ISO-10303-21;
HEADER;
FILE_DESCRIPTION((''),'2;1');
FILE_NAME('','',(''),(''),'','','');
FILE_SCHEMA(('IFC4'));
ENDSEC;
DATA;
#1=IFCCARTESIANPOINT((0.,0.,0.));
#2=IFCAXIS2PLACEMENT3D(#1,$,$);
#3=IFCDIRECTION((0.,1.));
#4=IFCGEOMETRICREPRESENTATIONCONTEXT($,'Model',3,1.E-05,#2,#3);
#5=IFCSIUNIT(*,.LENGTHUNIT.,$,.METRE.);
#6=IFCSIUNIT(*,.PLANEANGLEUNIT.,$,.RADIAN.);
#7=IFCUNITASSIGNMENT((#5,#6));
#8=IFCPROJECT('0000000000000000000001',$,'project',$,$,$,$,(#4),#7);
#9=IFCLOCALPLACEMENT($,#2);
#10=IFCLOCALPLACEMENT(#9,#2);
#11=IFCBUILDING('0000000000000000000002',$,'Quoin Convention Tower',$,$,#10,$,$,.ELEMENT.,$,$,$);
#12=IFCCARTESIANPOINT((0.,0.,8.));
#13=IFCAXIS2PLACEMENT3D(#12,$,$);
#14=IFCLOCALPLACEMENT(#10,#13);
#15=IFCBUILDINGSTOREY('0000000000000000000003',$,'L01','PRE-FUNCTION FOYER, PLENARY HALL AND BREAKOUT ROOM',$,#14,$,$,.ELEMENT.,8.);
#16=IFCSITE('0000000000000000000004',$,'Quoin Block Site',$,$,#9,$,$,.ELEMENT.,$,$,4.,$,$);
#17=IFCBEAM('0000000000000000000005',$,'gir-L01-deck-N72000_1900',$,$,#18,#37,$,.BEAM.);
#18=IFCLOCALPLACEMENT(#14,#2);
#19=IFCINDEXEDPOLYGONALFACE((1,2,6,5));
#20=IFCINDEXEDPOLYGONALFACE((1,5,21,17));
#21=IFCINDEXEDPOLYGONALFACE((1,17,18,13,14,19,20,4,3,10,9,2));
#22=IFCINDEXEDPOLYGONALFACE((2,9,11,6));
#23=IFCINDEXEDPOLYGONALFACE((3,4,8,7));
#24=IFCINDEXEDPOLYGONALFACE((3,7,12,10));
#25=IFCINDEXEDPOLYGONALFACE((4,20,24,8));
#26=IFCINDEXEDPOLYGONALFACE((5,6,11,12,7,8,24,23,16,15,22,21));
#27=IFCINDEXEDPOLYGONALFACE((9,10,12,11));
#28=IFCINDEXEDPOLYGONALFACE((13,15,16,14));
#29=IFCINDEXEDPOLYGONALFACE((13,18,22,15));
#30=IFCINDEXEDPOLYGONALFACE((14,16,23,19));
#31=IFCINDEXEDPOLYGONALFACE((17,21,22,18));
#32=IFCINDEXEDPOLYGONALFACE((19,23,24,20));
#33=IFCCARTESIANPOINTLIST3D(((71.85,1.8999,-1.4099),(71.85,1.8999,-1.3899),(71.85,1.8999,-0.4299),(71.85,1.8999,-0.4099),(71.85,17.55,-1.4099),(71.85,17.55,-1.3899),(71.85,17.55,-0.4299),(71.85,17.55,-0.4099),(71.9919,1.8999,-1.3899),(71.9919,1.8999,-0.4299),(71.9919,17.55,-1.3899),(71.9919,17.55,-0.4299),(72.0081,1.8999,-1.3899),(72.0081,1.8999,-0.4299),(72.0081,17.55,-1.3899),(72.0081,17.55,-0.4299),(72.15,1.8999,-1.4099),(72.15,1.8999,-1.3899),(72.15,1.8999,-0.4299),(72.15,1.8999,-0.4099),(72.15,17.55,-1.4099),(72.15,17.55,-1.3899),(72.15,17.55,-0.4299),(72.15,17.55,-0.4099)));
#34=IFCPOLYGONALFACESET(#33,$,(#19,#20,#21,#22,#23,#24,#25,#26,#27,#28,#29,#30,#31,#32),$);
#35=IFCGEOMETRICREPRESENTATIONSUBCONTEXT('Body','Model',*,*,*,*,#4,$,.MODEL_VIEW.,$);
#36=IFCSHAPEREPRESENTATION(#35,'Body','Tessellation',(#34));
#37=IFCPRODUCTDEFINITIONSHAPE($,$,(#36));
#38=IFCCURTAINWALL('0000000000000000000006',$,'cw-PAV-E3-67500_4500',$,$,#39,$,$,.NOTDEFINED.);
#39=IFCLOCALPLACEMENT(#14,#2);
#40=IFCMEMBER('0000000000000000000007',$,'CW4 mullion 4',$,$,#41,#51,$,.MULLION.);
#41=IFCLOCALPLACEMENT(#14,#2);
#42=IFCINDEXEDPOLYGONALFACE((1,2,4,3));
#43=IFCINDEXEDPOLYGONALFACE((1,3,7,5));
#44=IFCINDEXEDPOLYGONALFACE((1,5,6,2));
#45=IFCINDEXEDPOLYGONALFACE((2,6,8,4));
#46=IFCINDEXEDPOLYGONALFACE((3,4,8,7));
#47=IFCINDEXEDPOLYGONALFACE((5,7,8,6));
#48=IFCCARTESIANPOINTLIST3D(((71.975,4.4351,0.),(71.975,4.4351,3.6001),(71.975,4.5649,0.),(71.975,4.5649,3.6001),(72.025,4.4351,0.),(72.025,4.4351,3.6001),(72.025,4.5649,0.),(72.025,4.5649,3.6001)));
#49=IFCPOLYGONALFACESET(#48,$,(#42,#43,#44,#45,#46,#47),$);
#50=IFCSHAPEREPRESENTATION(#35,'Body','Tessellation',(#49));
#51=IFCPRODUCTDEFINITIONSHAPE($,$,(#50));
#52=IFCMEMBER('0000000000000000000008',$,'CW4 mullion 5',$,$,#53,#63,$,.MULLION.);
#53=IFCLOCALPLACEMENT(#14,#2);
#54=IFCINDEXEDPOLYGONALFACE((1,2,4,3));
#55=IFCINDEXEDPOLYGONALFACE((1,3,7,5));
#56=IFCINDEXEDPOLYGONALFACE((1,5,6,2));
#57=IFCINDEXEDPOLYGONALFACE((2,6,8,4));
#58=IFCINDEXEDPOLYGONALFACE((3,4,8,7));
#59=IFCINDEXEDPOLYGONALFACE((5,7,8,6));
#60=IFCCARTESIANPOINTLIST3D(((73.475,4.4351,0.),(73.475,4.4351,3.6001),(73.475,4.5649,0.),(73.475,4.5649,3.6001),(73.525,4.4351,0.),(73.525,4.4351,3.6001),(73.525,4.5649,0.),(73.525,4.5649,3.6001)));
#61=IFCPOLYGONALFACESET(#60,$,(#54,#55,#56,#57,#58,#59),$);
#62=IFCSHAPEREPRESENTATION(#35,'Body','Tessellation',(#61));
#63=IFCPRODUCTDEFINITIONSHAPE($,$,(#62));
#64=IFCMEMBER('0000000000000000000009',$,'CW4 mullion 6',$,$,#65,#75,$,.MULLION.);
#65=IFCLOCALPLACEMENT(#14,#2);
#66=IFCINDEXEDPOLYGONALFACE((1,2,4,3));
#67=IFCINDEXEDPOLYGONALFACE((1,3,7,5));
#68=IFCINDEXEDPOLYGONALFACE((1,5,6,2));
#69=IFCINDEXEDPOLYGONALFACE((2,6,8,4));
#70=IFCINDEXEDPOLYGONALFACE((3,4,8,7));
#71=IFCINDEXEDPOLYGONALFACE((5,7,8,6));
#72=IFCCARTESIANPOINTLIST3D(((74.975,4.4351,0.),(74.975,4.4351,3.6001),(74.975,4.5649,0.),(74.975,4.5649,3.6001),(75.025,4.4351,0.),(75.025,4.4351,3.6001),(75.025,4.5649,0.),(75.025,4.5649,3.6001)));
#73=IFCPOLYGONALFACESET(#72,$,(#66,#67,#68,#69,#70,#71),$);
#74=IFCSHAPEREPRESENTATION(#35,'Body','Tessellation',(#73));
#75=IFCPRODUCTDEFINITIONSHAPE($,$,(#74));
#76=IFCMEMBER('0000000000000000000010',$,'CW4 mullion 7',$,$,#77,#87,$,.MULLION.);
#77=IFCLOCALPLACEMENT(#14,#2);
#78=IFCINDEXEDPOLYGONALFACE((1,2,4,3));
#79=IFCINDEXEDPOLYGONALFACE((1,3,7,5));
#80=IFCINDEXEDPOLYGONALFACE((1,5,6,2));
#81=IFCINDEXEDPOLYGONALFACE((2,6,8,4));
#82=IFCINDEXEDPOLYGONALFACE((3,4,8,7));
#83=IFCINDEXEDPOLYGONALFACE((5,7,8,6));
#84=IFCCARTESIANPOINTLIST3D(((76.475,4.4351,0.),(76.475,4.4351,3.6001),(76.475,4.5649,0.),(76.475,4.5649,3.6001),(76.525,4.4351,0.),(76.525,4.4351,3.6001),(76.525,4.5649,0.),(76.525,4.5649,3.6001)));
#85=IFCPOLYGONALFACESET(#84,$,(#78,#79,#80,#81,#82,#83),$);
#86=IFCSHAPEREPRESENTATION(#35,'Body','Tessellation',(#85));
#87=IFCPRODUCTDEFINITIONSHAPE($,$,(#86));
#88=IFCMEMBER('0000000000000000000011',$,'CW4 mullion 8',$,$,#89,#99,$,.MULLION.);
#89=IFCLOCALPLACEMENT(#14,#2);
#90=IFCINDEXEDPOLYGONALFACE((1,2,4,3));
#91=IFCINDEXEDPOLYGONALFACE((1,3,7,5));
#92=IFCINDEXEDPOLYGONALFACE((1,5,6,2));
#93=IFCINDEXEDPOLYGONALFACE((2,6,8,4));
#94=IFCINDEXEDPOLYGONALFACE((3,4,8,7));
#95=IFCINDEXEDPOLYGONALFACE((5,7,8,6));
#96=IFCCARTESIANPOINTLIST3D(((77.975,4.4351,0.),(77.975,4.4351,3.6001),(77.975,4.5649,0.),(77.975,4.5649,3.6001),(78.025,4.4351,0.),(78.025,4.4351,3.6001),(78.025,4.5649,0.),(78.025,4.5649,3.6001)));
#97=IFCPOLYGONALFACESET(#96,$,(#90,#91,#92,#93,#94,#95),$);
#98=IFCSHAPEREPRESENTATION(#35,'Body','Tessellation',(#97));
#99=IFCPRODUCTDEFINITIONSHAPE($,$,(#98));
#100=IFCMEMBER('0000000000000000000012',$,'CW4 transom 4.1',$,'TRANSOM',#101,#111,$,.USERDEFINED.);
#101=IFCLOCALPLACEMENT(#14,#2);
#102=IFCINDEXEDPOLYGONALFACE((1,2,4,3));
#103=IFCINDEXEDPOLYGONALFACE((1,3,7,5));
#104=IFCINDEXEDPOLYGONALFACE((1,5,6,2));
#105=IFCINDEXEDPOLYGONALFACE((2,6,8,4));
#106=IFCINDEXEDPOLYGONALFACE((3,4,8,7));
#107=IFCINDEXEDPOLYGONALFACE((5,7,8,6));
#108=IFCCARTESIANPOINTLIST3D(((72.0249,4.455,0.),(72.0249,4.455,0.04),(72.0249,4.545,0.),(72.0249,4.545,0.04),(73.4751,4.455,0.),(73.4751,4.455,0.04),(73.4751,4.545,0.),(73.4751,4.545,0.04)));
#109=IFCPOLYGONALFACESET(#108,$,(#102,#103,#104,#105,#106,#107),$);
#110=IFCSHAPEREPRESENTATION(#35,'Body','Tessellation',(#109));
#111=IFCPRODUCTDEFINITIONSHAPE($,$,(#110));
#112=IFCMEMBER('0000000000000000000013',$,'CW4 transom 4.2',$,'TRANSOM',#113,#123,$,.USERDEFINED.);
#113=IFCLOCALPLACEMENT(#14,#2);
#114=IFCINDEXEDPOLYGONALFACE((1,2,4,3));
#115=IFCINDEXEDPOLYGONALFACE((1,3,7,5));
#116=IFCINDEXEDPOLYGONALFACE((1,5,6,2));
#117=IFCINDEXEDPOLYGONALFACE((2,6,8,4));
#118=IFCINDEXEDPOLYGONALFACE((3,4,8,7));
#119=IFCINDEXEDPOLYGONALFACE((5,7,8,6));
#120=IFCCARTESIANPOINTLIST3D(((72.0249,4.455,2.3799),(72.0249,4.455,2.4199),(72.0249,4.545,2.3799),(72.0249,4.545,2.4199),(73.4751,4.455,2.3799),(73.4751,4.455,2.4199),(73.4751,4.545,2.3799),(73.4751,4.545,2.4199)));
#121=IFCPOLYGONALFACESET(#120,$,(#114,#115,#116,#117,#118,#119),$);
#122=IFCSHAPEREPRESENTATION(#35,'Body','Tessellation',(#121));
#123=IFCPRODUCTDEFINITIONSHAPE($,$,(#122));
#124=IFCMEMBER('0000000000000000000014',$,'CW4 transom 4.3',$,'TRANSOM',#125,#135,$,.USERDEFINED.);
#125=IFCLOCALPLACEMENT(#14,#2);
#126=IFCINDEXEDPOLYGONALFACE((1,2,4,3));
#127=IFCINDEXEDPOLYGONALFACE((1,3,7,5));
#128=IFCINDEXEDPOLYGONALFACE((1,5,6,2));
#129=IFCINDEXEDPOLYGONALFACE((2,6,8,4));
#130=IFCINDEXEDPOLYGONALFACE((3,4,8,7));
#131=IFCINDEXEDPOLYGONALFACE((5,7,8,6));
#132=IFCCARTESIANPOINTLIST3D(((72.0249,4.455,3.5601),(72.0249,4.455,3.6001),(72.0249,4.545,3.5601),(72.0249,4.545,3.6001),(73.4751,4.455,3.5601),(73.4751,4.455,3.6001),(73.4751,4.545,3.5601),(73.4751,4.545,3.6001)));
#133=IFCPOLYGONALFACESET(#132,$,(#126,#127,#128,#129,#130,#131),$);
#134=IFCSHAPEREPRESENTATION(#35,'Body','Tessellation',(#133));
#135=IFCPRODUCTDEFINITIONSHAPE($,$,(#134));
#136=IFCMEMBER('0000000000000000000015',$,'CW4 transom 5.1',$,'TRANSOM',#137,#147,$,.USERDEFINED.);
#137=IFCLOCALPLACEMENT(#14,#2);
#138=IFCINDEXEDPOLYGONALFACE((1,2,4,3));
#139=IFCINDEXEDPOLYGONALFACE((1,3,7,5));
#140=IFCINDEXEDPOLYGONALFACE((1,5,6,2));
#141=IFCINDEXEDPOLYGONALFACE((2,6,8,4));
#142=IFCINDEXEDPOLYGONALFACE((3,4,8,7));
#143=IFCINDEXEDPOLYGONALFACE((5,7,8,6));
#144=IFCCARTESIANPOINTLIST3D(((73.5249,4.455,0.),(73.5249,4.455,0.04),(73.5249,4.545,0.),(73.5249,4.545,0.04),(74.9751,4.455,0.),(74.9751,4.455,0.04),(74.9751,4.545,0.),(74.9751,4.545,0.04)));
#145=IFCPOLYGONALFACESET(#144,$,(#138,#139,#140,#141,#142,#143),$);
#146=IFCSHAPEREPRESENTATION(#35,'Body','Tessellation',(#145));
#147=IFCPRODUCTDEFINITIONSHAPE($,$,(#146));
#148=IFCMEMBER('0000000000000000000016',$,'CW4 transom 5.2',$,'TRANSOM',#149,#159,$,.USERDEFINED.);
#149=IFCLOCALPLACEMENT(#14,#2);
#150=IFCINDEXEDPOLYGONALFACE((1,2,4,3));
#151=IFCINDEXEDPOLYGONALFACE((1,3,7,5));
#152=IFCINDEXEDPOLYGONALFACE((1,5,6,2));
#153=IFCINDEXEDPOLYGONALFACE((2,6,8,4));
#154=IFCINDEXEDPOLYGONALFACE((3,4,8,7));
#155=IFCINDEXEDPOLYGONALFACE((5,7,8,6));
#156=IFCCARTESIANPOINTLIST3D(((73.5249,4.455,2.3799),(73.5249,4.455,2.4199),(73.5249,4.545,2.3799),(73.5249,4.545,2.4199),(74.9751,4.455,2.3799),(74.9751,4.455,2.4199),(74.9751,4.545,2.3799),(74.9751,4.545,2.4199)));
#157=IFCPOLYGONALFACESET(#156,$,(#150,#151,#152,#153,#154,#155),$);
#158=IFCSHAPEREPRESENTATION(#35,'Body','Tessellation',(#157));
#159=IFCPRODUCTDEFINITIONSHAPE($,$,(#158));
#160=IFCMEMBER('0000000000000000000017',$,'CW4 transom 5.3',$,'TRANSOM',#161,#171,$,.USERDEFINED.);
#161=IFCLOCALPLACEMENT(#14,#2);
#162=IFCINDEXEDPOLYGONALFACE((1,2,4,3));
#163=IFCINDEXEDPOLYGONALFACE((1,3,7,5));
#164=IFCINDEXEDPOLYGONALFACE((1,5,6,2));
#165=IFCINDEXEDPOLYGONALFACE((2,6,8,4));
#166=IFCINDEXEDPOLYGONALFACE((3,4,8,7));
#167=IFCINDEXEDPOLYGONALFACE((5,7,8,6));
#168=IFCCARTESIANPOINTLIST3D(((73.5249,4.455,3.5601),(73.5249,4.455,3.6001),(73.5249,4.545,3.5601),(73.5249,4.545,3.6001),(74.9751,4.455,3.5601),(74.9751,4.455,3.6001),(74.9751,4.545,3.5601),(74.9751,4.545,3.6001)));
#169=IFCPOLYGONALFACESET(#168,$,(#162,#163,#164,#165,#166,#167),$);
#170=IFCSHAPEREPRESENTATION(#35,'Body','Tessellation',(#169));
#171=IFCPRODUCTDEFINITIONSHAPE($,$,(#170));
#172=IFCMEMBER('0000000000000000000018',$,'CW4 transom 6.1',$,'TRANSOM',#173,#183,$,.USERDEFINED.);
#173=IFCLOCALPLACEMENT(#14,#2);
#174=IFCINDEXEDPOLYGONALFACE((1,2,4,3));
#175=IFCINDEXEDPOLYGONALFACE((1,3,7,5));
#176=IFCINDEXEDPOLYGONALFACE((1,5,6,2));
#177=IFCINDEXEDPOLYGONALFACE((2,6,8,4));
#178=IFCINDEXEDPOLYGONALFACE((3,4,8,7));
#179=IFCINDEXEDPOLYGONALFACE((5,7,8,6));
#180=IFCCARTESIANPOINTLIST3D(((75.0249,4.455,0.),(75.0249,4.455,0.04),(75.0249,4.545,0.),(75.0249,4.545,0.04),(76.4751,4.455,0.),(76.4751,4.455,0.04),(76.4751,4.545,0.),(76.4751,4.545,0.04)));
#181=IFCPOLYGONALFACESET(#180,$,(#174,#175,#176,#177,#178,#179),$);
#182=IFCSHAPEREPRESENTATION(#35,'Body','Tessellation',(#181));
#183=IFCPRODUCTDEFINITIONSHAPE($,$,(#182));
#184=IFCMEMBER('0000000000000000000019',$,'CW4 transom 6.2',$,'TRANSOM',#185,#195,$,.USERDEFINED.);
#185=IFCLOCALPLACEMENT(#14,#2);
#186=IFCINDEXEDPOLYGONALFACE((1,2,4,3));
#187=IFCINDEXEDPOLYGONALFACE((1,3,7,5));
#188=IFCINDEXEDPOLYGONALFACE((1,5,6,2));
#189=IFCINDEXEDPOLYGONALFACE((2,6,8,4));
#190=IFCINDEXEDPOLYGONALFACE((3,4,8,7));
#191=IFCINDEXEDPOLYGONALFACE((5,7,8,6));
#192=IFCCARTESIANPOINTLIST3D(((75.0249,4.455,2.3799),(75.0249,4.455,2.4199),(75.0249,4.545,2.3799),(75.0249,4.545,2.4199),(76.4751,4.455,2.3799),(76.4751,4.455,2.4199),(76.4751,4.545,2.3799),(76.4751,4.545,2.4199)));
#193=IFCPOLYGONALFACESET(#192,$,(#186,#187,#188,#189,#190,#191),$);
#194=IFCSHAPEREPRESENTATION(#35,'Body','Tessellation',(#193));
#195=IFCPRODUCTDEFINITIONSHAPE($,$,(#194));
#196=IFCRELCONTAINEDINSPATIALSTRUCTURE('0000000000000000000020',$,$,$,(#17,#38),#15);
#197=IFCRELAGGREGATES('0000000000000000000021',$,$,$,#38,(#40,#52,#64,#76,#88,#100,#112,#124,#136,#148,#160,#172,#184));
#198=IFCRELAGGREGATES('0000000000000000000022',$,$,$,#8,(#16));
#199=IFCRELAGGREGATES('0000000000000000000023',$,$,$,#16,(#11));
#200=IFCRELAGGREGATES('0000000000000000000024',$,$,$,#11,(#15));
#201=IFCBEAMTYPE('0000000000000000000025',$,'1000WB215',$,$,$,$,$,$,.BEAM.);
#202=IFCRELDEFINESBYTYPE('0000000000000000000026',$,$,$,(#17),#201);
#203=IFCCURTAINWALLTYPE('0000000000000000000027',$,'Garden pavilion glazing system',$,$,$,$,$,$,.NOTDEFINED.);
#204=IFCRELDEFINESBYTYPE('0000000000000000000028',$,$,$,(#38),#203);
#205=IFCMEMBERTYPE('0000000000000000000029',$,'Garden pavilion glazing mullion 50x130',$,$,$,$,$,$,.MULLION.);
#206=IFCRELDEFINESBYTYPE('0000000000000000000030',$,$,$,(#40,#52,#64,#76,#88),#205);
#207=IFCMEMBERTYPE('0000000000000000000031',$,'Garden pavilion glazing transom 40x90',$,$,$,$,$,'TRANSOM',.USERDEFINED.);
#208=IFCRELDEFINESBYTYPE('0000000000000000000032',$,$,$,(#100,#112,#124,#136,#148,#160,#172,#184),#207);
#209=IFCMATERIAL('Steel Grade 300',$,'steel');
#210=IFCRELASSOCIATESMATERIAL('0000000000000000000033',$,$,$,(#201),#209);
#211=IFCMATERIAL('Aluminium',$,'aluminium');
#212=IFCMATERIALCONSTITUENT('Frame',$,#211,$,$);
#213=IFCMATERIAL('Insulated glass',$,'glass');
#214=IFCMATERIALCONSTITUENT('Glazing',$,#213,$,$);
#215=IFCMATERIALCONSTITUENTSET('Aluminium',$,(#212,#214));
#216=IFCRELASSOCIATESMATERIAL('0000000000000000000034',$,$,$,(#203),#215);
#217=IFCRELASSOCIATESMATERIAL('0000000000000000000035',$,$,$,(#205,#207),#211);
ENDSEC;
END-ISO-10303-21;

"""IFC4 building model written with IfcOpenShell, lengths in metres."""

from ifc_helpers import new_model, si_unit, direction, frame, origin, origin_2d, place, context, subcontext, project, spatial, rectangle, i_section, extrude, material, constituent, constituent_set, material_profile, profile_set, type_object, element, aggregate, save


model = new_model("IFC4")

# Units and contexts
model_context = context("Model", 3, precision=1e-05, world=origin(), true_north=direction((0.0, 1.0)))
body_context = subcontext(model_context, "Body", "Model", "MODEL_VIEW")
ifc_project = project(units=[si_unit("LENGTHUNIT", "METRE"), si_unit("PLANEANGLEUNIT", "RADIAN")], contexts=[model_context])

# Site, building, storey
site_placement = place(None, origin())
site = spatial("IfcSite", under=ifc_project, at=site_placement, Name="Quoin Block Site", CompositionType="ELEMENT", RefElevation=4.0)
building_placement = place(site_placement, origin())
building = spatial("IfcBuilding", under=site, at=building_placement, Name="Quoin Convention Tower", CompositionType="ELEMENT")
storey_placement = place(building_placement, frame((0.0, 0.0, 8.0)))
storey = spatial("IfcBuildingStorey", under=building, at=storey_placement, Name="L01", Description="PRE-FUNCTION FOYER, PLENARY HALL AND BREAKOUT ROOM", CompositionType="ELEMENT", Elevation=8.0)

# Beam
ifc_material_1 = material(Name="Steel Grade 300", Category="steel")
ifc_material_profile_1 = material_profile(ifc_material_1, i_section(OverallWidth=0.3, OverallDepth=1.0, WebThickness=0.0161, FlangeThickness=0.02, at=origin_2d()), Name="1000WB215")
ifc_profile_set_1 = profile_set([ifc_material_profile_1], Name="Steel Grade 300")
beam_type_1 = type_object("IfcBeamType", Name="1000WB215", PredefinedType="BEAM", material=ifc_profile_set_1)
beam_1_placement = place(storey_placement, frame((72.0, 1.8999, -0.9099), z_axis=(0.0, 1.0, 0.0), x_axis=(-1.0, 0.0, 0.0)))
element("IfcBeam", 1, at=beam_1_placement, inside=storey, type_object=beam_type_1, Name="gir-L01-deck-N72000_1900", PredefinedType="BEAM", context=body_context, shape_type="SweptSolid", body=[
    extrude(i_section(OverallWidth=0.3, OverallDepth=1.0, WebThickness=0.0161, FlangeThickness=0.02, at=origin_2d()), origin(), (0.0, 0.0, 1.0), 15.6501),
])

# Curtain wall, members
ifc_material_2 = material(Name="Aluminium", Category="aluminium")
ifc_constituent_1 = constituent(ifc_material_2, Name="Frame")
ifc_material_3 = material(Name="Insulated glass", Category="glass")
ifc_constituent_2 = constituent(ifc_material_3, Name="Glazing")
ifc_constituent_set = constituent_set(constituents=[ifc_constituent_1, ifc_constituent_2], Name="Aluminium")
curtain_wall_type = type_object("IfcCurtainWallType", Name="Garden pavilion glazing system", PredefinedType="NOTDEFINED", material=ifc_constituent_set)
curtain_wall_placement = place(storey_placement, origin())
curtain_wall = element("IfcCurtainWall", 2, at=curtain_wall_placement, inside=storey, type_object=curtain_wall_type, Name="cw-PAV-E3-67500_4500", PredefinedType="NOTDEFINED")
ifc_material_profile_2 = material_profile(ifc_material_2, rectangle(XDim=0.1299, YDim=0.05, at=origin_2d()), Name="Garden pavilion glazing mullion 50x130")
ifc_profile_set_2 = profile_set([ifc_material_profile_2], Name="Aluminium")
member_type_1 = type_object("IfcMemberType", Name="Garden pavilion glazing mullion 50x130", PredefinedType="MULLION", material=ifc_profile_set_2)
member_1_placement = place(storey_placement, frame((72.0, 4.5, 0.0), z_axis=(0.0, 0.0, 1.0), x_axis=(0.0, 1.0, 0.0)))
member_1 = element("IfcMember", 3, at=member_1_placement, type_object=member_type_1, Name="CW4 mullion 4", PredefinedType="MULLION", context=body_context, shape_type="SweptSolid", body=[
    extrude(rectangle(XDim=0.1299, YDim=0.05, at=origin_2d()), origin(), (0.0, 0.0, 1.0), 3.6001),
])
member_2_placement = place(storey_placement, frame((73.5, 4.5, 0.0), z_axis=(0.0, 0.0, 1.0), x_axis=(0.0, 1.0, 0.0)))
member_2 = element("IfcMember", 4, at=member_2_placement, type_object=member_type_1, Name="CW4 mullion 5", PredefinedType="MULLION", context=body_context, shape_type="SweptSolid", body=[
    extrude(rectangle(XDim=0.1299, YDim=0.05, at=origin_2d()), origin(), (0.0, 0.0, 1.0), 3.6001),
])
member_3_placement = place(storey_placement, frame((75.0, 4.5, 0.0), z_axis=(0.0, 0.0, 1.0), x_axis=(0.0, 1.0, 0.0)))
member_3 = element("IfcMember", 5, at=member_3_placement, type_object=member_type_1, Name="CW4 mullion 6", PredefinedType="MULLION", context=body_context, shape_type="SweptSolid", body=[
    extrude(rectangle(XDim=0.1299, YDim=0.05, at=origin_2d()), origin(), (0.0, 0.0, 1.0), 3.6001),
])
member_4_placement = place(storey_placement, frame((76.5, 4.5, 0.0), z_axis=(0.0, 0.0, 1.0), x_axis=(0.0, 1.0, 0.0)))
member_4 = element("IfcMember", 6, at=member_4_placement, type_object=member_type_1, Name="CW4 mullion 7", PredefinedType="MULLION", context=body_context, shape_type="SweptSolid", body=[
    extrude(rectangle(XDim=0.1299, YDim=0.05, at=origin_2d()), origin(), (0.0, 0.0, 1.0), 3.6001),
])
member_5_placement = place(storey_placement, frame((78.0, 4.5, 0.0), z_axis=(0.0, 0.0, 1.0), x_axis=(0.0, 1.0, 0.0)))
member_5 = element("IfcMember", 7, at=member_5_placement, type_object=member_type_1, Name="CW4 mullion 8", PredefinedType="MULLION", context=body_context, shape_type="SweptSolid", body=[
    extrude(rectangle(XDim=0.1299, YDim=0.05, at=origin_2d()), origin(), (0.0, 0.0, 1.0), 3.6001),
])
ifc_material_profile_3 = material_profile(ifc_material_2, rectangle(XDim=0.0901, YDim=0.04, at=origin_2d()), Name="Garden pavilion glazing transom 40x90")
ifc_profile_set_3 = profile_set([ifc_material_profile_3], Name="Aluminium")
member_type_2 = type_object("IfcMemberType", Name="Garden pavilion glazing transom 40x90", ElementType="TRANSOM", PredefinedType="USERDEFINED", material=ifc_profile_set_3)
member_6_placement = place(storey_placement, frame((72.0249, 4.5, 0.02), z_axis=(1.0, 0.0, 0.0), x_axis=(0.0, 1.0, 0.0)))
member_6 = element("IfcMember", 8, at=member_6_placement, type_object=member_type_2, Name="CW4 transom 4.1", ObjectType="TRANSOM", PredefinedType="USERDEFINED", context=body_context, shape_type="SweptSolid", body=[
    extrude(rectangle(XDim=0.0901, YDim=0.04, at=origin_2d()), origin(), (0.0, 0.0, 1.0), 1.4502),
])
member_7_placement = place(storey_placement, frame((72.0249, 4.5, 2.3999), z_axis=(1.0, 0.0, 0.0), x_axis=(0.0, 1.0, 0.0)))
member_7 = element("IfcMember", 9, at=member_7_placement, type_object=member_type_2, Name="CW4 transom 4.2", ObjectType="TRANSOM", PredefinedType="USERDEFINED", context=body_context, shape_type="SweptSolid", body=[
    extrude(rectangle(XDim=0.0901, YDim=0.04, at=origin_2d()), origin(), (0.0, 0.0, 1.0), 1.4502),
])
member_8_placement = place(storey_placement, frame((72.0249, 4.5, 3.5801), z_axis=(1.0, 0.0, 0.0), x_axis=(0.0, 1.0, 0.0)))
member_8 = element("IfcMember", 10, at=member_8_placement, type_object=member_type_2, Name="CW4 transom 4.3", ObjectType="TRANSOM", PredefinedType="USERDEFINED", context=body_context, shape_type="SweptSolid", body=[
    extrude(rectangle(XDim=0.0901, YDim=0.04, at=origin_2d()), origin(), (0.0, 0.0, 1.0), 1.4502),
])
member_9_placement = place(storey_placement, frame((73.5249, 4.5, 0.02), z_axis=(1.0, 0.0, 0.0), x_axis=(0.0, 1.0, 0.0)))
member_9 = element("IfcMember", 11, at=member_9_placement, type_object=member_type_2, Name="CW4 transom 5.1", ObjectType="TRANSOM", PredefinedType="USERDEFINED", context=body_context, shape_type="SweptSolid", body=[
    extrude(rectangle(XDim=0.0901, YDim=0.04, at=origin_2d()), origin(), (0.0, 0.0, 1.0), 1.4502),
])
member_10_placement = place(storey_placement, frame((73.5249, 4.5, 2.3999), z_axis=(1.0, 0.0, 0.0), x_axis=(0.0, 1.0, 0.0)))
member_10 = element("IfcMember", 12, at=member_10_placement, type_object=member_type_2, Name="CW4 transom 5.2", ObjectType="TRANSOM", PredefinedType="USERDEFINED", context=body_context, shape_type="SweptSolid", body=[
    extrude(rectangle(XDim=0.0901, YDim=0.04, at=origin_2d()), origin(), (0.0, 0.0, 1.0), 1.4502),
])
member_11_placement = place(storey_placement, frame((73.5249, 4.5, 3.5801), z_axis=(1.0, 0.0, 0.0), x_axis=(0.0, 1.0, 0.0)))
member_11 = element("IfcMember", 13, at=member_11_placement, type_object=member_type_2, Name="CW4 transom 5.3", ObjectType="TRANSOM", PredefinedType="USERDEFINED", context=body_context, shape_type="SweptSolid", body=[
    extrude(rectangle(XDim=0.0901, YDim=0.04, at=origin_2d()), origin(), (0.0, 0.0, 1.0), 1.4502),
])
member_12_placement = place(storey_placement, frame((75.0249, 4.5, 0.02), z_axis=(1.0, 0.0, 0.0), x_axis=(0.0, 1.0, 0.0)))
member_12 = element("IfcMember", 14, at=member_12_placement, type_object=member_type_2, Name="CW4 transom 6.1", ObjectType="TRANSOM", PredefinedType="USERDEFINED", context=body_context, shape_type="SweptSolid", body=[
    extrude(rectangle(XDim=0.0901, YDim=0.04, at=origin_2d()), origin(), (0.0, 0.0, 1.0), 1.4502),
])
member_13_placement = place(storey_placement, frame((75.0249, 4.5, 2.3999), z_axis=(1.0, 0.0, 0.0), x_axis=(0.0, 1.0, 0.0)))
member_13 = element("IfcMember", 15, at=member_13_placement, type_object=member_type_2, Name="CW4 transom 6.2", ObjectType="TRANSOM", PredefinedType="USERDEFINED", context=body_context, shape_type="SweptSolid", body=[
    extrude(rectangle(XDim=0.0901, YDim=0.04, at=origin_2d()), origin(), (0.0, 0.0, 1.0), 1.4502),
])

aggregate(curtain_wall, [member_1, member_2, member_3, member_4, member_5, member_6, member_7, member_8, member_9, member_10, member_11, member_12, member_13])

save(model, "model.ifc")
